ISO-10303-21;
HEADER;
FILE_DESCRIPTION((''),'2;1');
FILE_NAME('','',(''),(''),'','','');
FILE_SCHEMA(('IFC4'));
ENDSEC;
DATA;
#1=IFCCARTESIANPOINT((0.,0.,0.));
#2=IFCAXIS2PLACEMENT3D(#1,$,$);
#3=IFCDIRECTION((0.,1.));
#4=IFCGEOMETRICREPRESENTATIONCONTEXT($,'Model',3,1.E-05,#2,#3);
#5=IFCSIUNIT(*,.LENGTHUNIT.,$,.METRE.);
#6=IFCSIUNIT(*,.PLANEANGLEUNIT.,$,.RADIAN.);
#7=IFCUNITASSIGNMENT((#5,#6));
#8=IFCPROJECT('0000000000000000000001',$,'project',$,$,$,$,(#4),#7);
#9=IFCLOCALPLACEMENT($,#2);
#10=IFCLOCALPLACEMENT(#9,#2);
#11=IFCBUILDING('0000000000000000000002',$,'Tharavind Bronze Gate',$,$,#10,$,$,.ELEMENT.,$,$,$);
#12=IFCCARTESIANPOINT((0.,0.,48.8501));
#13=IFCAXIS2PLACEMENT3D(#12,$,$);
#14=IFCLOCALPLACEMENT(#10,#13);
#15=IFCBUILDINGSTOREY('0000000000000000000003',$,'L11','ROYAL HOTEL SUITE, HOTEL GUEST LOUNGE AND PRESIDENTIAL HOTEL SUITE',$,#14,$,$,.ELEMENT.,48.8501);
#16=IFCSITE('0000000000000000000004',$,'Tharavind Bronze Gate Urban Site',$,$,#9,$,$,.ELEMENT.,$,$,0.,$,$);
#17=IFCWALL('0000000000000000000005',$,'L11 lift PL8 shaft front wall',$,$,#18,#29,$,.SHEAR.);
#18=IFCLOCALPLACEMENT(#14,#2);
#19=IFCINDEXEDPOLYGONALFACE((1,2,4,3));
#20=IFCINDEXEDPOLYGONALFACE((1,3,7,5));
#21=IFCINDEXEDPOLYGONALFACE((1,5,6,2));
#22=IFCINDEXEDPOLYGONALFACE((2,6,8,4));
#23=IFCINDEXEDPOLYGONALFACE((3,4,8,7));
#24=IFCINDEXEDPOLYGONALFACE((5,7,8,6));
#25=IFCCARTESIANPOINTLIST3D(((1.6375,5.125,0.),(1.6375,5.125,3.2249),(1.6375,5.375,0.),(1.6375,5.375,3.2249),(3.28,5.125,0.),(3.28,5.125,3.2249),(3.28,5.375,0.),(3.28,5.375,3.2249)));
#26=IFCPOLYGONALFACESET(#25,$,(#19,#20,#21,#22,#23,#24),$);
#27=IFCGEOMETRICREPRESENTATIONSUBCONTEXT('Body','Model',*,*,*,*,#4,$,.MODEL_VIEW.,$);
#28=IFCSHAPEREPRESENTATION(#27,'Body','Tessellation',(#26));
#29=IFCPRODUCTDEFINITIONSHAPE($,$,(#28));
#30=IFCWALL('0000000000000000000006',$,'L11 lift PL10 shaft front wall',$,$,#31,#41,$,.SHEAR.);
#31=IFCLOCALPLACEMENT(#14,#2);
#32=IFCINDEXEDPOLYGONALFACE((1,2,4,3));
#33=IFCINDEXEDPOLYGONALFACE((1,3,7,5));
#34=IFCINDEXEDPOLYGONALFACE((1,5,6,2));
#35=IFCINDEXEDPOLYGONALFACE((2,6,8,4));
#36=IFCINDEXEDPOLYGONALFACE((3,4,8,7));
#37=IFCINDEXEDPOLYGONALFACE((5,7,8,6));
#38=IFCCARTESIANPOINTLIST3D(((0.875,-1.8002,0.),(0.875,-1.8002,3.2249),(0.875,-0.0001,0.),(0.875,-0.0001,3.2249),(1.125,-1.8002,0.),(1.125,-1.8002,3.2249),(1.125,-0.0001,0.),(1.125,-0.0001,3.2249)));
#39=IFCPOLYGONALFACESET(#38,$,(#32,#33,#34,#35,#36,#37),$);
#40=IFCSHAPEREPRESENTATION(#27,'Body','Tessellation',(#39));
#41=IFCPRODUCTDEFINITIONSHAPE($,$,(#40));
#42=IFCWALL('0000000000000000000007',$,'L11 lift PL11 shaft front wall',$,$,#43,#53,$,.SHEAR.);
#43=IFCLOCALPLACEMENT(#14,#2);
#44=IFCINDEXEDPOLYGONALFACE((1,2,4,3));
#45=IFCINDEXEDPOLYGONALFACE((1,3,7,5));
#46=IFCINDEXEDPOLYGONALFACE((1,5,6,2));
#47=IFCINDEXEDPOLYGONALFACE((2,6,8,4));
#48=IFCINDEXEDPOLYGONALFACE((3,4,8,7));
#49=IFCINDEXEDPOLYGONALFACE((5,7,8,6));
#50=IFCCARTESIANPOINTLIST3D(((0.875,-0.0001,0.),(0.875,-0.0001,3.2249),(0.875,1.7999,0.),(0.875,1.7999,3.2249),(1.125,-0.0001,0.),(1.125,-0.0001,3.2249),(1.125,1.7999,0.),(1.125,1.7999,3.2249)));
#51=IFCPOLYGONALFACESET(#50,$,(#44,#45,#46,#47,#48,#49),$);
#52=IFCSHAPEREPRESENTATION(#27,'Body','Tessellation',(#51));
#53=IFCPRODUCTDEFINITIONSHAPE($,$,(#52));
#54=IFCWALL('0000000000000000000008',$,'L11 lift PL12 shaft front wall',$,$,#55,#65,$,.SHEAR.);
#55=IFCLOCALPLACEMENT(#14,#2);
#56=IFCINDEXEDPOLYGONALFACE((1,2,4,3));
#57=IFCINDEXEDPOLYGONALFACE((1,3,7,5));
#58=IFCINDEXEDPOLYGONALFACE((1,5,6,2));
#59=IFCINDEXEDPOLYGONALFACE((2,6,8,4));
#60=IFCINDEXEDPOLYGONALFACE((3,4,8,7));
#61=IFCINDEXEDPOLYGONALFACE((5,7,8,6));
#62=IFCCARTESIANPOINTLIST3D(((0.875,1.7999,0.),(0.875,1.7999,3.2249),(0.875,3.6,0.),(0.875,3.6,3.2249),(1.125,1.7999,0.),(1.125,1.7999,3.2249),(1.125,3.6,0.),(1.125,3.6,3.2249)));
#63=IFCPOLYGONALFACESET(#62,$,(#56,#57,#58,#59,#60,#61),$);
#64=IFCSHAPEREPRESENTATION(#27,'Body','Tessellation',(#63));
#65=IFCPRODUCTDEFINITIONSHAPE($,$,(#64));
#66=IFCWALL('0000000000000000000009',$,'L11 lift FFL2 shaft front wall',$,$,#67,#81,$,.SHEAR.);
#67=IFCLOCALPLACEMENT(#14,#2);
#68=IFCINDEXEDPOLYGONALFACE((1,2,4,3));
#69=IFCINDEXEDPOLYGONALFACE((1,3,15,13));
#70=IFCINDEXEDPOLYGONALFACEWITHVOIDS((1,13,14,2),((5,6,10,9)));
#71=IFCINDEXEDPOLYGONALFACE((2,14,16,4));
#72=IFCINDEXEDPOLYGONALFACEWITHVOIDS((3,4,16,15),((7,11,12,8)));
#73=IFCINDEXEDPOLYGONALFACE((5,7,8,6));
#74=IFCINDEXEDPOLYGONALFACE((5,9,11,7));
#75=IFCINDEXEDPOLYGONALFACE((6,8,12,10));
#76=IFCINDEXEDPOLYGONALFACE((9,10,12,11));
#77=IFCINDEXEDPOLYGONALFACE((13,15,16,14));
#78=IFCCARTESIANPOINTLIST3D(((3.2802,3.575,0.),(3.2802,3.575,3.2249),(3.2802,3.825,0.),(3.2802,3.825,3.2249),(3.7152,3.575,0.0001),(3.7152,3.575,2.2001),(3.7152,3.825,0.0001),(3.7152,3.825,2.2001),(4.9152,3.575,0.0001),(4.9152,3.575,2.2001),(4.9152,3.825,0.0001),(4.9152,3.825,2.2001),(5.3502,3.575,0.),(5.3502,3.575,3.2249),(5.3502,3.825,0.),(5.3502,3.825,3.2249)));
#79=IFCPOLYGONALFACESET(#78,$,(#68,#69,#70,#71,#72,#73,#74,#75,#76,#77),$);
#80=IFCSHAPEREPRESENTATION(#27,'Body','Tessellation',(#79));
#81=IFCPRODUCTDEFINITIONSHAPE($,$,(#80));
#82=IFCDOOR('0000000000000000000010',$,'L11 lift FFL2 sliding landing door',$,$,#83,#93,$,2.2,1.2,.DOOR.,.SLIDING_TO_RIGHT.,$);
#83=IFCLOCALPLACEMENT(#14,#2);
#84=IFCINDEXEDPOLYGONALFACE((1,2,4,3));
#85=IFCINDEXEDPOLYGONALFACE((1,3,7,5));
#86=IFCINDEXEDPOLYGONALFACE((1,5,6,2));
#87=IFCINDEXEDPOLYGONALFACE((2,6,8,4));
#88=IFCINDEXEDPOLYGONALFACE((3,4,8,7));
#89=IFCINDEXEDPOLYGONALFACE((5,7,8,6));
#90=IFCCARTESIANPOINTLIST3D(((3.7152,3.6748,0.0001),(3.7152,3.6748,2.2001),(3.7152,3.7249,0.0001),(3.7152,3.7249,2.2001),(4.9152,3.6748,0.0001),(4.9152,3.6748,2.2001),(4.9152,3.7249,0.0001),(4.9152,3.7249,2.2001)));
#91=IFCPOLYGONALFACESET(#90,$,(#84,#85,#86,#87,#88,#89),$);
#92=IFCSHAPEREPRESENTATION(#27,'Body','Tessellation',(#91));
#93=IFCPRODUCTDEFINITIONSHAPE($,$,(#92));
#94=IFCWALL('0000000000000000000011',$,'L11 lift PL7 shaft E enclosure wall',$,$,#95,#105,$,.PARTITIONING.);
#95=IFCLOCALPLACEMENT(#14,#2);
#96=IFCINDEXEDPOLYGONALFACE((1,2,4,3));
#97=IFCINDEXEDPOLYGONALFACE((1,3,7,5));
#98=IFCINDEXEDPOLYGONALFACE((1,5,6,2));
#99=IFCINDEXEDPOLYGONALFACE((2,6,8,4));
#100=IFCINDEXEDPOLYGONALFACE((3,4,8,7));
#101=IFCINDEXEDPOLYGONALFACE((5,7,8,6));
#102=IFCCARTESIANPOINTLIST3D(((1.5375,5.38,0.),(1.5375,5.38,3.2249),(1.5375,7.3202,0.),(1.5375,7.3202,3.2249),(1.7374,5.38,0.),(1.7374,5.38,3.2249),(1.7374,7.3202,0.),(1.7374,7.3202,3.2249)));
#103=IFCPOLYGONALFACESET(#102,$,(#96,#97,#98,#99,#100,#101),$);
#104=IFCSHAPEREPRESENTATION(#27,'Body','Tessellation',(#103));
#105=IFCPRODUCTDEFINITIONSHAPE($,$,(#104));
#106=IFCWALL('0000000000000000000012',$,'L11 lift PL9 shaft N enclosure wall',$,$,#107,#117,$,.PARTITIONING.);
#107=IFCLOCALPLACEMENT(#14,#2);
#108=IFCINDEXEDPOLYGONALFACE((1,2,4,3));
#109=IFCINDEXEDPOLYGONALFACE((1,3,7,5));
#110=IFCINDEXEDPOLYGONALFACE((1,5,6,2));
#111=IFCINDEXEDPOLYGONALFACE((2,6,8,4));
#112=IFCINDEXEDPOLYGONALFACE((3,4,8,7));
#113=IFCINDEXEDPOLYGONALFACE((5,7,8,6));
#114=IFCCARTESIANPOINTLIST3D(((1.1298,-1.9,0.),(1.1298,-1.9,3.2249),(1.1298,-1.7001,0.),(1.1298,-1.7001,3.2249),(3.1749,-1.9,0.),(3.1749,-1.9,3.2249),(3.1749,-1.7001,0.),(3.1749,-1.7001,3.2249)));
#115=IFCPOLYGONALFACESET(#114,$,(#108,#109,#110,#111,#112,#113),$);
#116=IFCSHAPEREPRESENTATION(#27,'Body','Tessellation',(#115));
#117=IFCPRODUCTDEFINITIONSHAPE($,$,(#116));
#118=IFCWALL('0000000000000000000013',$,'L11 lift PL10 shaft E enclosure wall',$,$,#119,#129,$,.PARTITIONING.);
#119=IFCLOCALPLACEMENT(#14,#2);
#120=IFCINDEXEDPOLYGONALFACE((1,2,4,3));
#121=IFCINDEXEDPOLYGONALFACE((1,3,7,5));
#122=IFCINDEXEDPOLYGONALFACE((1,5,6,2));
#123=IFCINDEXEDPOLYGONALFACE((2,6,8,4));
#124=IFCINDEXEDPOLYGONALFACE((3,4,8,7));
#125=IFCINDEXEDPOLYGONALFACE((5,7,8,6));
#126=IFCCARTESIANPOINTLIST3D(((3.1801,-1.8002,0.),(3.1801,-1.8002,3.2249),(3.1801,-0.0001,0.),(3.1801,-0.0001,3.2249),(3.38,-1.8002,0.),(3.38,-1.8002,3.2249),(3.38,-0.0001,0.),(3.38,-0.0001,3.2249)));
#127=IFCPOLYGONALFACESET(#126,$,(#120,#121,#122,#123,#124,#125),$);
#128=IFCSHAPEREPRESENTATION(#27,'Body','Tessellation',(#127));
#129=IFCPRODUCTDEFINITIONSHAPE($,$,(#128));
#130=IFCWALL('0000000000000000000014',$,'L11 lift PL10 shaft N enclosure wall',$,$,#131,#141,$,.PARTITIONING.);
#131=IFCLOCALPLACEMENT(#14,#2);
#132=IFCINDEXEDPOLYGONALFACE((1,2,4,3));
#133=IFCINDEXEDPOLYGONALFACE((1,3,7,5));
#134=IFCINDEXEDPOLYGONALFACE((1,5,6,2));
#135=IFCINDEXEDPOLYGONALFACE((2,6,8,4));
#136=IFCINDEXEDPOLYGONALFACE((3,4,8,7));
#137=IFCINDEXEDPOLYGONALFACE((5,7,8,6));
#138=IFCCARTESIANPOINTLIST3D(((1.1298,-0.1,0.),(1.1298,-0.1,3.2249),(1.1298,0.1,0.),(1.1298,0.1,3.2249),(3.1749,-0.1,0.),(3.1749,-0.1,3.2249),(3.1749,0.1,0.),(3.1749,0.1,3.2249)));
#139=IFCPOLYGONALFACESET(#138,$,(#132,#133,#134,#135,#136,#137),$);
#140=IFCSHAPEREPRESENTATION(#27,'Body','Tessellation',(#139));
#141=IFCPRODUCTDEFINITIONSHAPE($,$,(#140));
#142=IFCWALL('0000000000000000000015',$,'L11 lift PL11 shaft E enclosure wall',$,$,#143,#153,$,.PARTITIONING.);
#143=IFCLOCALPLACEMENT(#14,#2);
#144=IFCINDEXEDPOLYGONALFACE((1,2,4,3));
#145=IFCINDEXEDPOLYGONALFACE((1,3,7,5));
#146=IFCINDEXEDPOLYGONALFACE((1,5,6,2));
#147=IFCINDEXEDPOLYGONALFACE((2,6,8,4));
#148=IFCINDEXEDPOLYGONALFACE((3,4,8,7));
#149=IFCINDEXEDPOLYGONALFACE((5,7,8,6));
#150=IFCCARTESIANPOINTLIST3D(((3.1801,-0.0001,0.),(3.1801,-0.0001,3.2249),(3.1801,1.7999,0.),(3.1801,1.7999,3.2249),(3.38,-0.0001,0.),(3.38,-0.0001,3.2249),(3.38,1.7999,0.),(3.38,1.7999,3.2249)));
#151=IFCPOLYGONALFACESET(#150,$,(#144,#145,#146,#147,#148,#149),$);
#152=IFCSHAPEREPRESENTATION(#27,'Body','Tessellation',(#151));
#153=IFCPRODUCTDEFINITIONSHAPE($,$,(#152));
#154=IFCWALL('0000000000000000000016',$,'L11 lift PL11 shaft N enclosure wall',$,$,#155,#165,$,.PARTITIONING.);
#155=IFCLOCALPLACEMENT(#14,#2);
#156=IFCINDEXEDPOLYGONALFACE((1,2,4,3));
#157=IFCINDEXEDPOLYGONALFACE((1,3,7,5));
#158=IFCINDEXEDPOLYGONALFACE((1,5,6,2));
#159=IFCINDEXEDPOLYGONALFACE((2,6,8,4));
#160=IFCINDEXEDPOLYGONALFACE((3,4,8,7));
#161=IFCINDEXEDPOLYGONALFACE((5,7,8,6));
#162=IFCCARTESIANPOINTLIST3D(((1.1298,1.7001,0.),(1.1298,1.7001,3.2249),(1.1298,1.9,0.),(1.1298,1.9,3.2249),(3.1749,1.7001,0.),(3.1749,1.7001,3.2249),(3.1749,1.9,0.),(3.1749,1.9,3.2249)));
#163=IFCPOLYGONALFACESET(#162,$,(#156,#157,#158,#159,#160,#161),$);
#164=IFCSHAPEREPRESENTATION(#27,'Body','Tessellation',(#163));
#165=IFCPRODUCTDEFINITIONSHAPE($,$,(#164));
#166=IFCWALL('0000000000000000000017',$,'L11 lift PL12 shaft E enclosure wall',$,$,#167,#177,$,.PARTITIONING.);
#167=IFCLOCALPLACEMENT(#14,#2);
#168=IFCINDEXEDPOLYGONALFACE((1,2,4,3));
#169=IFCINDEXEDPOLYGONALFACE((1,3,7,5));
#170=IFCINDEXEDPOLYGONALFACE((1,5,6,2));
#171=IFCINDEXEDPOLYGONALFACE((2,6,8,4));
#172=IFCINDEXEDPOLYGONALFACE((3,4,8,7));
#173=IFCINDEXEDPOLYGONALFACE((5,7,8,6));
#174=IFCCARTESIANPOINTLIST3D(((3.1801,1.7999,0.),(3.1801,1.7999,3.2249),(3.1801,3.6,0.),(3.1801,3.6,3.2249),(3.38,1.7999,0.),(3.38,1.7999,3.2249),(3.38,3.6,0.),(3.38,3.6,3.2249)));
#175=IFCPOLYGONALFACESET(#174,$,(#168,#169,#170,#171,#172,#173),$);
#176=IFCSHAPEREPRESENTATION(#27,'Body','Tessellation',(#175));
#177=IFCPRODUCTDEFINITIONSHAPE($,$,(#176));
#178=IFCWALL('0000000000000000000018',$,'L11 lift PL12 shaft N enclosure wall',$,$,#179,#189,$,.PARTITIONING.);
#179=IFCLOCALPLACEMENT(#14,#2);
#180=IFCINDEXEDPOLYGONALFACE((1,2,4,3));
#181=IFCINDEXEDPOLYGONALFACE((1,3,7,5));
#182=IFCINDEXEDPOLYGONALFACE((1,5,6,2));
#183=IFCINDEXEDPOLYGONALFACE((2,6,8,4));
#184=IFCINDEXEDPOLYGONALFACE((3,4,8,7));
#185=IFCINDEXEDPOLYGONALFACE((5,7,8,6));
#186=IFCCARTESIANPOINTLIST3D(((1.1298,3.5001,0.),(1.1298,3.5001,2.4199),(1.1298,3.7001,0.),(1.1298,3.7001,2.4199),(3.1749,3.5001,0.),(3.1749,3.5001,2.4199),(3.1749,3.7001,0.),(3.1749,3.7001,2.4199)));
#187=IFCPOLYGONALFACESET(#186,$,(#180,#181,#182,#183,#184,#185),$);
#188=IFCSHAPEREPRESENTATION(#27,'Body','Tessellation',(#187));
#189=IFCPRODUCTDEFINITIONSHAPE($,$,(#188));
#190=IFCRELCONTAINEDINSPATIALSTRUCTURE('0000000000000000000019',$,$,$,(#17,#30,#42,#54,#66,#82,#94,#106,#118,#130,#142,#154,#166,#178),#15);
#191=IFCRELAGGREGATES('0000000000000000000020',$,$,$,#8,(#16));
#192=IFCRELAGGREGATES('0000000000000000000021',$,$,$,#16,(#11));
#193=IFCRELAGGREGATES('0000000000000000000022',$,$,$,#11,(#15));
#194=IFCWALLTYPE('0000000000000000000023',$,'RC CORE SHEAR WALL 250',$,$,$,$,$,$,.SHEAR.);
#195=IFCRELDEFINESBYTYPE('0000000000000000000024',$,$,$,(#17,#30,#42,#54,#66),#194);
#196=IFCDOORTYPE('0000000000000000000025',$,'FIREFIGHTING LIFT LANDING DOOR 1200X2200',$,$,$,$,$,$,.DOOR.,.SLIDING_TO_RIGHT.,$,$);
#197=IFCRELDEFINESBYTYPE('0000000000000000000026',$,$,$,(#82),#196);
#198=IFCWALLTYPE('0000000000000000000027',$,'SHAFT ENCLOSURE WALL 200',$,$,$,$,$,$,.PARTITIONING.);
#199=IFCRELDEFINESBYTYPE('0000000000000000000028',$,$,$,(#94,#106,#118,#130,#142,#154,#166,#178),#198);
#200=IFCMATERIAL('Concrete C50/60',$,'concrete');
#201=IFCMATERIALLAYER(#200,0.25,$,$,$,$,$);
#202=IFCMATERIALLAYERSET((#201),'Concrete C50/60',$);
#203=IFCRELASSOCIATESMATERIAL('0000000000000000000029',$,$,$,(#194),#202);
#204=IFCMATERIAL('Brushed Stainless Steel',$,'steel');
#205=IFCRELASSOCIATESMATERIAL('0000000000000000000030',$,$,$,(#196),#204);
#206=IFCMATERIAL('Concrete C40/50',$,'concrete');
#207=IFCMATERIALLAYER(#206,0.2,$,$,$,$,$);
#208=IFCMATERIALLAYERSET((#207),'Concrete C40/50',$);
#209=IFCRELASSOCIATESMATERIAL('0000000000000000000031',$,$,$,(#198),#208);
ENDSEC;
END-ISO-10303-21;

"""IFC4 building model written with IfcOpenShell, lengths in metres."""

from ifc_helpers import new_model, si_unit, direction, frame, frame_2d, origin, place, context, subcontext, project, spatial, rectangle, extrude, material, layer, layer_set, type_object, element, fill, save


model = new_model("IFC4")

# Units and contexts
model_context = context("Model", 3, precision=1e-05, world=origin(), true_north=direction((0.0, 1.0)))
body_context = subcontext(model_context, "Body", "Model", "MODEL_VIEW")
ifc_project = project(units=[si_unit("LENGTHUNIT", "METRE"), si_unit("PLANEANGLEUNIT", "RADIAN")], contexts=[model_context])

# Site, building, storey
site_placement = place(None, origin())
site = spatial("IfcSite", under=ifc_project, at=site_placement, Name="Tharavind Bronze Gate Urban Site", CompositionType="ELEMENT", RefElevation=0.0)
building_placement = place(site_placement, origin())
building = spatial("IfcBuilding", under=site, at=building_placement, Name="Tharavind Bronze Gate", CompositionType="ELEMENT")
storey_placement = place(building_placement, frame((0.0, 0.0, 48.8501)))
storey = spatial("IfcBuildingStorey", under=building, at=storey_placement, Name="L11", Description="ROYAL HOTEL SUITE, HOTEL GUEST LOUNGE AND PRESIDENTIAL HOTEL SUITE", CompositionType="ELEMENT", Elevation=48.8501)

# Walls
ifc_material_1 = material(Name="Concrete C50/60", Category="concrete")
ifc_layer_1 = layer(ifc_material_1, 0.25)
ifc_layer_set_1 = layer_set([ifc_layer_1], Name="Concrete C50/60")
wall_type_1 = type_object("IfcWallType", Name="RC CORE SHEAR WALL 250", PredefinedType="SHEAR", material=ifc_layer_set_1)
wall_1_placement = place(storey_placement, frame((1.6375, 5.25, 0.0), z_axis=(0.0, 0.0, 1.0), x_axis=(1.0, 0.0, 0.0)))
element("IfcWall", 1, at=wall_1_placement, inside=storey, type_object=wall_type_1, Name="L11 lift PL8 shaft front wall", PredefinedType="SHEAR", context=body_context, shape_type="SweptSolid", body=[
    extrude(rectangle(XDim=1.6426, YDim=0.25, at=frame_2d((0.8213, 0.0))), origin(), (0.0, 0.0, 1.0), 3.2249),
])
for number, where, z_axis, x_axis, name in (
    (2, (1.0, -1.8, 0.0), (0.0, 0.0, 1.0), (0.0, 1.0, 0.0), "L11 lift PL10 shaft front wall"),
    (3, (1.0, 0.0, 0.0), (0.0, 0.0, 1.0), (0.0, 1.0, 0.0), "L11 lift PL11 shaft front wall"),
    (4, (1.0, 1.8, 0.0), (0.0, 0.0, 1.0), (0.0, 1.0, 0.0), "L11 lift PL12 shaft front wall"),
):
    element("IfcWall", number, at=place(storey_placement, frame(where, z_axis=z_axis, x_axis=x_axis)), inside=storey, type_object=wall_type_1, Name=name, PredefinedType="SHEAR", context=body_context, shape_type="SweptSolid", body=[
        extrude(rectangle(XDim=1.8, YDim=0.25, at=frame_2d((0.8999, 0.0))), origin(), (0.0, 0.0, 1.0), 3.2249),
    ])

# Wall, opening, door
wall_2_placement = place(storey_placement, frame((3.28, 3.7, 0.0), z_axis=(0.0, 0.0, 1.0), x_axis=(1.0, 0.0, 0.0)))
wall_2 = element("IfcWall", 5, at=wall_2_placement, inside=storey, type_object=wall_type_1, Name="L11 lift FFL2 shaft front wall", PredefinedType="SHEAR", context=body_context, shape_type="SweptSolid", body=[
    extrude(rectangle(XDim=2.0701, YDim=0.25, at=frame_2d((1.0352, 0.0))), origin(), (0.0, 0.0, 1.0), 3.2249),
])
opening_placement = place(wall_2_placement, frame((0.4351, 0.0, 0.0)))
opening = element("IfcOpeningElement", 6, at=opening_placement, cuts=wall_2, PredefinedType="OPENING", context=body_context, shape_type="SweptSolid", body=[
    extrude(rectangle(XDim=1.2, YDim=2.2, at=frame_2d((0.6001, 1.1001))), frame((0.0, 0.135, 0.0), z_axis=(0.0, -1.0, 0.0), x_axis=(1.0, 0.0, 0.0)), (0.0, 0.0, 1.0), 0.27),
])
ifc_material_2 = material(Name="Brushed Stainless Steel", Category="steel")
door_type = type_object("IfcDoorType", Name="FIREFIGHTING LIFT LANDING DOOR 1200X2200", OperationType="SLIDING_TO_RIGHT", PredefinedType="DOOR", material=ifc_material_2)
door_placement = place(opening_placement, origin())
door = element("IfcDoor", 7, at=door_placement, inside=storey, type_object=door_type, Name="L11 lift FFL2 sliding landing door", OperationType="SLIDING_TO_RIGHT", OverallHeight=2.2, OverallWidth=1.2, PredefinedType="DOOR", context=body_context, shape_type="SweptSolid", body=[
    extrude(rectangle(XDim=1.2, YDim=2.2, at=frame_2d((0.6001, 1.1001))), frame((0.0, 0.0249, 0.0), z_axis=(0.0, -1.0, 0.0), x_axis=(1.0, 0.0, 0.0)), (0.0, 0.0, 1.0), 0.05),
])
fill(opening, door)

# Walls
ifc_material_3 = material(Name="Concrete C40/50", Category="concrete")
ifc_layer_2 = layer(ifc_material_3, 0.2)
ifc_layer_set_2 = layer_set([ifc_layer_2], Name="Concrete C40/50")
wall_type_2 = type_object("IfcWallType", Name="SHAFT ENCLOSURE WALL 200", PredefinedType="PARTITIONING", material=ifc_layer_set_2)
wall_3_placement = place(storey_placement, frame((1.6375, 5.3799, 0.0), z_axis=(0.0, 0.0, 1.0), x_axis=(0.0, 1.0, 0.0)))
element("IfcWall", 8, at=wall_3_placement, inside=storey, type_object=wall_type_2, Name="L11 lift PL7 shaft E enclosure wall", PredefinedType="PARTITIONING", context=body_context, shape_type="SweptSolid", body=[
    extrude(rectangle(XDim=1.9402, YDim=0.2, at=frame_2d((0.9702, 0.0))), origin(), (0.0, 0.0, 1.0), 3.2249),
])
wall_4_placement = place(storey_placement, frame((1.1299, -1.8, 0.0), z_axis=(0.0, 0.0, 1.0), x_axis=(1.0, 0.0, 0.0)))
element("IfcWall", 9, at=wall_4_placement, inside=storey, type_object=wall_type_2, Name="L11 lift PL9 shaft N enclosure wall", PredefinedType="PARTITIONING", context=body_context, shape_type="SweptSolid", body=[
    extrude(rectangle(XDim=2.0452, YDim=0.2, at=frame_2d((1.0225, 0.0))), origin(), (0.0, 0.0, 1.0), 3.2249),
])
wall_5_placement = place(storey_placement, frame((3.28, -1.8, 0.0), z_axis=(0.0, 0.0, 1.0), x_axis=(0.0, 1.0, 0.0)))
element("IfcWall", 10, at=wall_5_placement, inside=storey, type_object=wall_type_2, Name="L11 lift PL10 shaft E enclosure wall", PredefinedType="PARTITIONING", context=body_context, shape_type="SweptSolid", body=[
    extrude(rectangle(XDim=1.8, YDim=0.2, at=frame_2d((0.8999, 0.0))), origin(), (0.0, 0.0, 1.0), 3.2249),
])
wall_6_placement = place(storey_placement, frame((1.1299, 0.0, 0.0), z_axis=(0.0, 0.0, 1.0), x_axis=(1.0, 0.0, 0.0)))
element("IfcWall", 11, at=wall_6_placement, inside=storey, type_object=wall_type_2, Name="L11 lift PL10 shaft N enclosure wall", PredefinedType="PARTITIONING", context=body_context, shape_type="SweptSolid", body=[
    extrude(rectangle(XDim=2.0452, YDim=0.2, at=frame_2d((1.0225, 0.0))), origin(), (0.0, 0.0, 1.0), 3.2249),
])
wall_7_placement = place(storey_placement, frame((3.28, 0.0, 0.0), z_axis=(0.0, 0.0, 1.0), x_axis=(0.0, 1.0, 0.0)))
element("IfcWall", 12, at=wall_7_placement, inside=storey, type_object=wall_type_2, Name="L11 lift PL11 shaft E enclosure wall", PredefinedType="PARTITIONING", context=body_context, shape_type="SweptSolid", body=[
    extrude(rectangle(XDim=1.8, YDim=0.2, at=frame_2d((0.8999, 0.0))), origin(), (0.0, 0.0, 1.0), 3.2249),
])
wall_8_placement = place(storey_placement, frame((1.1299, 1.8, 0.0), z_axis=(0.0, 0.0, 1.0), x_axis=(1.0, 0.0, 0.0)))
element("IfcWall", 13, at=wall_8_placement, inside=storey, type_object=wall_type_2, Name="L11 lift PL11 shaft N enclosure wall", PredefinedType="PARTITIONING", context=body_context, shape_type="SweptSolid", body=[
    extrude(rectangle(XDim=2.0452, YDim=0.2, at=frame_2d((1.0225, 0.0))), origin(), (0.0, 0.0, 1.0), 3.2249),
])
wall_9_placement = place(storey_placement, frame((3.28, 1.8, 0.0), z_axis=(0.0, 0.0, 1.0), x_axis=(0.0, 1.0, 0.0)))
element("IfcWall", 14, at=wall_9_placement, inside=storey, type_object=wall_type_2, Name="L11 lift PL12 shaft E enclosure wall", PredefinedType="PARTITIONING", context=body_context, shape_type="SweptSolid", body=[
    extrude(rectangle(XDim=1.8, YDim=0.2, at=frame_2d((0.8999, 0.0))), origin(), (0.0, 0.0, 1.0), 3.2249),
])
wall_10_placement = place(storey_placement, frame((1.1299, 3.6001, 0.0), z_axis=(0.0, 0.0, 1.0), x_axis=(1.0, 0.0, 0.0)))
element("IfcWall", 15, at=wall_10_placement, inside=storey, type_object=wall_type_2, Name="L11 lift PL12 shaft N enclosure wall", PredefinedType="PARTITIONING", context=body_context, shape_type="SweptSolid", body=[
    extrude(rectangle(XDim=2.0452, YDim=0.2, at=frame_2d((1.0225, 0.0))), origin(), (0.0, 0.0, 1.0), 2.4199),
])

save(model, "model.ifc")
